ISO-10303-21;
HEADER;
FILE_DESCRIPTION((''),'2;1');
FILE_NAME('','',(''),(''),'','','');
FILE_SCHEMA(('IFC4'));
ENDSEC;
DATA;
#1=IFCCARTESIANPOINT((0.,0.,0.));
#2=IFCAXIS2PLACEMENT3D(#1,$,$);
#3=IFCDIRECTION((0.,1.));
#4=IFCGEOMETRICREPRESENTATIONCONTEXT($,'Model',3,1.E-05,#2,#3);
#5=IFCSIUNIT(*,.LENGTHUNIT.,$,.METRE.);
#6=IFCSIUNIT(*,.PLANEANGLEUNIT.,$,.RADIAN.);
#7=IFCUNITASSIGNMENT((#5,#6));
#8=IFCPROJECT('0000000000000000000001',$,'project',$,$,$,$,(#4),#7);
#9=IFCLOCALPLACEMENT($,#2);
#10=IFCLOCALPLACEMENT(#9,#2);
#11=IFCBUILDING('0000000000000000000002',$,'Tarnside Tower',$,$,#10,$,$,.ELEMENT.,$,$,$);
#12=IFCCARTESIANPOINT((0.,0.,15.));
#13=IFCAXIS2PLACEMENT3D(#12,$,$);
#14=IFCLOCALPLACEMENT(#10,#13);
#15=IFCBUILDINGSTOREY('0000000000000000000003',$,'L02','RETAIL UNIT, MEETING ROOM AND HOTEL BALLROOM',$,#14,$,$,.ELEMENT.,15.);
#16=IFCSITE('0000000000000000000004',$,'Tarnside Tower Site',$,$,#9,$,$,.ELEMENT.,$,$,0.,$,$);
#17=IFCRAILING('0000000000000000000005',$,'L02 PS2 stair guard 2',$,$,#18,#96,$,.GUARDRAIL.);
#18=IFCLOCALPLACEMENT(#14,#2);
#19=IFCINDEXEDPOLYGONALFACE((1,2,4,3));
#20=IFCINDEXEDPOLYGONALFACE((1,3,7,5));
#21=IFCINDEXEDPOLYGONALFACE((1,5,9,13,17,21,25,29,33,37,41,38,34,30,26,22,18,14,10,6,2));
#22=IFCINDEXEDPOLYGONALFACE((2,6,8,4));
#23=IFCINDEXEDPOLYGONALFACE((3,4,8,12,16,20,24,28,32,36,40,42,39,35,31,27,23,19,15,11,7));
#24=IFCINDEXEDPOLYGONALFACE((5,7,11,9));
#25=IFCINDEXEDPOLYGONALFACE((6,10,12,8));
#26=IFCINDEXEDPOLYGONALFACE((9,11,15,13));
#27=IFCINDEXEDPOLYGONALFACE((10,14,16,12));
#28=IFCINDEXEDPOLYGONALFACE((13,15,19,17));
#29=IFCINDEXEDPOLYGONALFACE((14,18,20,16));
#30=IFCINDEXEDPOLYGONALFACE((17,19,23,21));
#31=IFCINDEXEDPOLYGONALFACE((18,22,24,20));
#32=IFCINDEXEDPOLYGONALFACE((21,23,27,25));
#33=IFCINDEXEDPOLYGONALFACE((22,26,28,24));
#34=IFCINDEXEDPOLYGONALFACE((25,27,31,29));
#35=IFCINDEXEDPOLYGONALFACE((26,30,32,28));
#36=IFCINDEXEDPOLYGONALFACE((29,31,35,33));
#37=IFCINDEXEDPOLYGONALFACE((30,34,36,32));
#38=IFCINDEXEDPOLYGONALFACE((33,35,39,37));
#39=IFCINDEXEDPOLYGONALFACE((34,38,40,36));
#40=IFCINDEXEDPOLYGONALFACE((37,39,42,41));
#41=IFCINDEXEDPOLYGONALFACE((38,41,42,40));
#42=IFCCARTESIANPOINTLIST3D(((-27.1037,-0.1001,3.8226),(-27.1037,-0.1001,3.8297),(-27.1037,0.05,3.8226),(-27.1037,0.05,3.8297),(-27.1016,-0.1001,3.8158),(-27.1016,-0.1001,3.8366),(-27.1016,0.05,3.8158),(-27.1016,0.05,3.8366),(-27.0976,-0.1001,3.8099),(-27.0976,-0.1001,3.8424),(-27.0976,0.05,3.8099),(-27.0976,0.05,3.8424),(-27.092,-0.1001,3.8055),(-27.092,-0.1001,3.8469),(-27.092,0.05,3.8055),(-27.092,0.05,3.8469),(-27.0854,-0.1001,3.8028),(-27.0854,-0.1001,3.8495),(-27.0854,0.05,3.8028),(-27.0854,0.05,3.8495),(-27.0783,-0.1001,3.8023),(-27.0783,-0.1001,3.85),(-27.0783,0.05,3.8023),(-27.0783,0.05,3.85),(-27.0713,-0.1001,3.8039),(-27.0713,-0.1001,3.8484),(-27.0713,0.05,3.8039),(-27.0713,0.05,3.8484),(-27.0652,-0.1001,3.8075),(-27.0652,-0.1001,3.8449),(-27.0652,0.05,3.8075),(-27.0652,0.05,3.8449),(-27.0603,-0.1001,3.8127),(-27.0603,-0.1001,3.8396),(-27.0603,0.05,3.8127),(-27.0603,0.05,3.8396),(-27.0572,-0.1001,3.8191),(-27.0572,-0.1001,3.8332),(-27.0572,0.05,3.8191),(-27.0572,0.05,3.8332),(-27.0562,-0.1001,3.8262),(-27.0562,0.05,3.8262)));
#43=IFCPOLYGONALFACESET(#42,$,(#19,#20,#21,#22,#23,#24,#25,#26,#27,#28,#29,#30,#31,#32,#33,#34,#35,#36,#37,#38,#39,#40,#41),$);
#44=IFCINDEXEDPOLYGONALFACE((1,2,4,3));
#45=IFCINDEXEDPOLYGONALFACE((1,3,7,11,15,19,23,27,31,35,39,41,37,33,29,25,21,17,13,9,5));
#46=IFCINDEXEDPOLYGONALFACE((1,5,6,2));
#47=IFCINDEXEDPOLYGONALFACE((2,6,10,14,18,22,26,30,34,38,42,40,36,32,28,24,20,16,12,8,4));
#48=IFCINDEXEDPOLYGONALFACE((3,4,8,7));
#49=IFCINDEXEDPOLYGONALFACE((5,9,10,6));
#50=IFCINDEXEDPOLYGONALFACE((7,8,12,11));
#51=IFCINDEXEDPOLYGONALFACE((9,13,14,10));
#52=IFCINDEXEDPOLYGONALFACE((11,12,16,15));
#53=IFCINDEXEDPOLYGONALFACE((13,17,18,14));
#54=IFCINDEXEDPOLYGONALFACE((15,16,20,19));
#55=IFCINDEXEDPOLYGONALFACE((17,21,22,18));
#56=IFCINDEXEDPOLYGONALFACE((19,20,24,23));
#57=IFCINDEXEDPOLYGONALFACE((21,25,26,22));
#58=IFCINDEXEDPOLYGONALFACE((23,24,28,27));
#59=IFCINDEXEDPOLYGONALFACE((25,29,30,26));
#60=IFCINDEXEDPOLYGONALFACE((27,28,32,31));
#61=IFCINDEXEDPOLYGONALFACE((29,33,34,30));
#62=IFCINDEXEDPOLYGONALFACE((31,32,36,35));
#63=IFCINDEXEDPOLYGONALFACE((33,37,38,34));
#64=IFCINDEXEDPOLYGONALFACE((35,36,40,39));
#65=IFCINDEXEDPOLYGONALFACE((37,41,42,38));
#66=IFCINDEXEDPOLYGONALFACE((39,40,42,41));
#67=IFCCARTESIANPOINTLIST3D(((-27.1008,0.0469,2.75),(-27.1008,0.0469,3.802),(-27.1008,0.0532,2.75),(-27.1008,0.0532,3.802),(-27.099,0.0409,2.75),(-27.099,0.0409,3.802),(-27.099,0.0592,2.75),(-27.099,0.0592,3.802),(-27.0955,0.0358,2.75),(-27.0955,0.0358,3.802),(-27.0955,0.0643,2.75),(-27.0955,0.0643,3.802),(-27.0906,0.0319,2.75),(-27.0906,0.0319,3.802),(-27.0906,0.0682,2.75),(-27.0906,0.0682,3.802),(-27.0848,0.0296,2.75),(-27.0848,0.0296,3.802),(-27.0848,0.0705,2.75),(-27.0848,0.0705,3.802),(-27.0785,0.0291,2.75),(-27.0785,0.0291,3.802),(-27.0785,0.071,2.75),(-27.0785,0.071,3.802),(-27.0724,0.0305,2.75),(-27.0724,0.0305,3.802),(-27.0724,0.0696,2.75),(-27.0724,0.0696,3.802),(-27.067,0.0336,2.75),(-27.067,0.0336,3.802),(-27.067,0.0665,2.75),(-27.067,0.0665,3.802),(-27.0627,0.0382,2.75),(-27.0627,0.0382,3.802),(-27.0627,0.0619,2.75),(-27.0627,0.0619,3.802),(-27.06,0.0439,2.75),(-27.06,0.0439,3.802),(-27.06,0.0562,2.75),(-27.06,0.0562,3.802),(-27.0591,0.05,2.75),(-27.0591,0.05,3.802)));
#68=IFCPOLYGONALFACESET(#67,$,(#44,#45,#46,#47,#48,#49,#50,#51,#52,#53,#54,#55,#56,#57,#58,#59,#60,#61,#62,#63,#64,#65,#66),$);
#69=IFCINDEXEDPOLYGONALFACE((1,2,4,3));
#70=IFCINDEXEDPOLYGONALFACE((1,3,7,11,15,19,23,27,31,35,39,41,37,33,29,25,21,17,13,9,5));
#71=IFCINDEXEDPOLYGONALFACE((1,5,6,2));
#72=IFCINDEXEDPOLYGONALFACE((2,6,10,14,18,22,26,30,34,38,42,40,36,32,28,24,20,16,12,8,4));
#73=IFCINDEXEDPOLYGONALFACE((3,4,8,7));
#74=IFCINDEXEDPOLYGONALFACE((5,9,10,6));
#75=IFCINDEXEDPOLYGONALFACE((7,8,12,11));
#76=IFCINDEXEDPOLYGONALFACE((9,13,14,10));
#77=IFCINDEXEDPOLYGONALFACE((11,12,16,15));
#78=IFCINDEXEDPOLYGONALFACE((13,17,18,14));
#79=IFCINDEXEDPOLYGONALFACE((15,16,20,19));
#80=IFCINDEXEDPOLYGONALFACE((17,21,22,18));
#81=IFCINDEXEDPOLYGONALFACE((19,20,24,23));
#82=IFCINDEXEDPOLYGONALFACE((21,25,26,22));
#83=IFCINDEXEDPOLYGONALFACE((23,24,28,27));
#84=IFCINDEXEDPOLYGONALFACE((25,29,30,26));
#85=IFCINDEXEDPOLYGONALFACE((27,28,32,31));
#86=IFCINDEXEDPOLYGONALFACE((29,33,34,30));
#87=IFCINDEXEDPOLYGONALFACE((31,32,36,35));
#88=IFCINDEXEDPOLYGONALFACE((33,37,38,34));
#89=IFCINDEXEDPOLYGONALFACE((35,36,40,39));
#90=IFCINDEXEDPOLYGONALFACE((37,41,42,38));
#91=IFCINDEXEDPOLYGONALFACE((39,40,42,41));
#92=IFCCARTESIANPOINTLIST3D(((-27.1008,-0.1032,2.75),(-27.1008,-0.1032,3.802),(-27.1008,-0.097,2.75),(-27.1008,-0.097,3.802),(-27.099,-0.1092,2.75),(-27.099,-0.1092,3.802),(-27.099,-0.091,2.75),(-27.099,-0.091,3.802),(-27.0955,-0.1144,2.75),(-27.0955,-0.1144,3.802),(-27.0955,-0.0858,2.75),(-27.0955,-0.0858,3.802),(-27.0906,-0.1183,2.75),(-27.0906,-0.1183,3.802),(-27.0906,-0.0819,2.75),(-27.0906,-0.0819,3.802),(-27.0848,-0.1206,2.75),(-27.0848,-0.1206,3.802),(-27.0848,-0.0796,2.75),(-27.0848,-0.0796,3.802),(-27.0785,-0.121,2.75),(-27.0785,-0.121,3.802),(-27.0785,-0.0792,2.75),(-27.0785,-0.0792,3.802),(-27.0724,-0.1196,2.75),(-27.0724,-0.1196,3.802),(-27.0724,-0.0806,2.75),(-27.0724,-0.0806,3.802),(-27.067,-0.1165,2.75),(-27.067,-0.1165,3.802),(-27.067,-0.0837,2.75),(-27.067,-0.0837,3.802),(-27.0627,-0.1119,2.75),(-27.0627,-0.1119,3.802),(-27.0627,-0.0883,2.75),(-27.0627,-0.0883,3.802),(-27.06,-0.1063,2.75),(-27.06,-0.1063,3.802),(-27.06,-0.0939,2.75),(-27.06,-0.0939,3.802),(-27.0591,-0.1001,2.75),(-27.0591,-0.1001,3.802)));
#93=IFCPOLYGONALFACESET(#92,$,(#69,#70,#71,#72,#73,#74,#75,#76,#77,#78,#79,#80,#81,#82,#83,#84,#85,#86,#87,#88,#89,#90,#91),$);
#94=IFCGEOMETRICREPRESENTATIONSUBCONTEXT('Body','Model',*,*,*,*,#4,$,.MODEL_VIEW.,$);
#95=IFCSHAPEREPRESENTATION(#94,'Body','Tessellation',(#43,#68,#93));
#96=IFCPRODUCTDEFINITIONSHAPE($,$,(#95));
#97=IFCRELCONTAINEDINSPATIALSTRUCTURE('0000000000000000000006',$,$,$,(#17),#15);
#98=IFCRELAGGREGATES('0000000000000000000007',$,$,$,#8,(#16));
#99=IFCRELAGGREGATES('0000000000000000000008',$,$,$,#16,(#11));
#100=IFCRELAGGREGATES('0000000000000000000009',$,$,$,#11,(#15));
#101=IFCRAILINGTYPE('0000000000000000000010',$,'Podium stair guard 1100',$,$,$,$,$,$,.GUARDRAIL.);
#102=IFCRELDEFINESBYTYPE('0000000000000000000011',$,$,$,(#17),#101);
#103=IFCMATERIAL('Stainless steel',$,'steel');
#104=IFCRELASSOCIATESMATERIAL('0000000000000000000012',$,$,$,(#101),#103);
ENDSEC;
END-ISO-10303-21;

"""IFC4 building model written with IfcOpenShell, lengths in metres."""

from ifc_helpers import new_model, si_unit, direction, frame, origin, origin_2d, place, context, subcontext, project, spatial, circle, extrude, material, type_object, element, save


model = new_model("IFC4")

# Units and contexts
model_context = context("Model", 3, precision=1e-05, world=origin(), true_north=direction((0.0, 1.0)))
body_context = subcontext(model_context, "Body", "Model", "MODEL_VIEW")
ifc_project = project(units=[si_unit("LENGTHUNIT", "METRE"), si_unit("PLANEANGLEUNIT", "RADIAN")], contexts=[model_context])

# Site, building, storey
site_placement = place(None, origin())
site = spatial("IfcSite", under=ifc_project, at=site_placement, Name="Tarnside Tower Site", CompositionType="ELEMENT", RefElevation=0.0)
building_placement = place(site_placement, origin())
building = spatial("IfcBuilding", under=site, at=building_placement, Name="Tarnside Tower", CompositionType="ELEMENT")
storey_placement = place(building_placement, frame((0.0, 0.0, 15.0)))
storey = spatial("IfcBuildingStorey", under=building, at=storey_placement, Name="L02", Description="RETAIL UNIT, MEETING ROOM AND HOTEL BALLROOM", CompositionType="ELEMENT", Elevation=15.0)

# Railing
ifc_material_1 = material(Name="Stainless steel", Category="steel")
railing_type_1 = type_object("IfcRailingType", Name="Podium stair guard 1100", PredefinedType="GUARDRAIL", material=ifc_material_1)
railing_1_placement = place(storey_placement, frame((-27.0801, 0.05, 2.75)))
element("IfcRailing", 1, at=railing_1_placement, inside=storey, type_object=railing_type_1, Name="L02 PS2 stair guard 2", PredefinedType="GUARDRAIL", context=body_context, shape_type="SweptSolid", body=[
    extrude(circle(Radius=0.0239, at=origin_2d()), frame((0.0, 0.0, 1.0762), z_axis=(0.0, -1.0, 0.0), x_axis=(1.0, 0.0, 0.0)), (0.0, 0.0, 1.0), 0.1501),
    extrude(circle(Radius=0.021, at=origin_2d()), origin(), (0.0, 0.0, 1.0), 1.052),
    extrude(circle(Radius=0.021, at=origin_2d()), frame((0.0, -0.1501, 0.0)), (0.0, 0.0, 1.0), 1.052),
])

save(model, "model.ifc")
